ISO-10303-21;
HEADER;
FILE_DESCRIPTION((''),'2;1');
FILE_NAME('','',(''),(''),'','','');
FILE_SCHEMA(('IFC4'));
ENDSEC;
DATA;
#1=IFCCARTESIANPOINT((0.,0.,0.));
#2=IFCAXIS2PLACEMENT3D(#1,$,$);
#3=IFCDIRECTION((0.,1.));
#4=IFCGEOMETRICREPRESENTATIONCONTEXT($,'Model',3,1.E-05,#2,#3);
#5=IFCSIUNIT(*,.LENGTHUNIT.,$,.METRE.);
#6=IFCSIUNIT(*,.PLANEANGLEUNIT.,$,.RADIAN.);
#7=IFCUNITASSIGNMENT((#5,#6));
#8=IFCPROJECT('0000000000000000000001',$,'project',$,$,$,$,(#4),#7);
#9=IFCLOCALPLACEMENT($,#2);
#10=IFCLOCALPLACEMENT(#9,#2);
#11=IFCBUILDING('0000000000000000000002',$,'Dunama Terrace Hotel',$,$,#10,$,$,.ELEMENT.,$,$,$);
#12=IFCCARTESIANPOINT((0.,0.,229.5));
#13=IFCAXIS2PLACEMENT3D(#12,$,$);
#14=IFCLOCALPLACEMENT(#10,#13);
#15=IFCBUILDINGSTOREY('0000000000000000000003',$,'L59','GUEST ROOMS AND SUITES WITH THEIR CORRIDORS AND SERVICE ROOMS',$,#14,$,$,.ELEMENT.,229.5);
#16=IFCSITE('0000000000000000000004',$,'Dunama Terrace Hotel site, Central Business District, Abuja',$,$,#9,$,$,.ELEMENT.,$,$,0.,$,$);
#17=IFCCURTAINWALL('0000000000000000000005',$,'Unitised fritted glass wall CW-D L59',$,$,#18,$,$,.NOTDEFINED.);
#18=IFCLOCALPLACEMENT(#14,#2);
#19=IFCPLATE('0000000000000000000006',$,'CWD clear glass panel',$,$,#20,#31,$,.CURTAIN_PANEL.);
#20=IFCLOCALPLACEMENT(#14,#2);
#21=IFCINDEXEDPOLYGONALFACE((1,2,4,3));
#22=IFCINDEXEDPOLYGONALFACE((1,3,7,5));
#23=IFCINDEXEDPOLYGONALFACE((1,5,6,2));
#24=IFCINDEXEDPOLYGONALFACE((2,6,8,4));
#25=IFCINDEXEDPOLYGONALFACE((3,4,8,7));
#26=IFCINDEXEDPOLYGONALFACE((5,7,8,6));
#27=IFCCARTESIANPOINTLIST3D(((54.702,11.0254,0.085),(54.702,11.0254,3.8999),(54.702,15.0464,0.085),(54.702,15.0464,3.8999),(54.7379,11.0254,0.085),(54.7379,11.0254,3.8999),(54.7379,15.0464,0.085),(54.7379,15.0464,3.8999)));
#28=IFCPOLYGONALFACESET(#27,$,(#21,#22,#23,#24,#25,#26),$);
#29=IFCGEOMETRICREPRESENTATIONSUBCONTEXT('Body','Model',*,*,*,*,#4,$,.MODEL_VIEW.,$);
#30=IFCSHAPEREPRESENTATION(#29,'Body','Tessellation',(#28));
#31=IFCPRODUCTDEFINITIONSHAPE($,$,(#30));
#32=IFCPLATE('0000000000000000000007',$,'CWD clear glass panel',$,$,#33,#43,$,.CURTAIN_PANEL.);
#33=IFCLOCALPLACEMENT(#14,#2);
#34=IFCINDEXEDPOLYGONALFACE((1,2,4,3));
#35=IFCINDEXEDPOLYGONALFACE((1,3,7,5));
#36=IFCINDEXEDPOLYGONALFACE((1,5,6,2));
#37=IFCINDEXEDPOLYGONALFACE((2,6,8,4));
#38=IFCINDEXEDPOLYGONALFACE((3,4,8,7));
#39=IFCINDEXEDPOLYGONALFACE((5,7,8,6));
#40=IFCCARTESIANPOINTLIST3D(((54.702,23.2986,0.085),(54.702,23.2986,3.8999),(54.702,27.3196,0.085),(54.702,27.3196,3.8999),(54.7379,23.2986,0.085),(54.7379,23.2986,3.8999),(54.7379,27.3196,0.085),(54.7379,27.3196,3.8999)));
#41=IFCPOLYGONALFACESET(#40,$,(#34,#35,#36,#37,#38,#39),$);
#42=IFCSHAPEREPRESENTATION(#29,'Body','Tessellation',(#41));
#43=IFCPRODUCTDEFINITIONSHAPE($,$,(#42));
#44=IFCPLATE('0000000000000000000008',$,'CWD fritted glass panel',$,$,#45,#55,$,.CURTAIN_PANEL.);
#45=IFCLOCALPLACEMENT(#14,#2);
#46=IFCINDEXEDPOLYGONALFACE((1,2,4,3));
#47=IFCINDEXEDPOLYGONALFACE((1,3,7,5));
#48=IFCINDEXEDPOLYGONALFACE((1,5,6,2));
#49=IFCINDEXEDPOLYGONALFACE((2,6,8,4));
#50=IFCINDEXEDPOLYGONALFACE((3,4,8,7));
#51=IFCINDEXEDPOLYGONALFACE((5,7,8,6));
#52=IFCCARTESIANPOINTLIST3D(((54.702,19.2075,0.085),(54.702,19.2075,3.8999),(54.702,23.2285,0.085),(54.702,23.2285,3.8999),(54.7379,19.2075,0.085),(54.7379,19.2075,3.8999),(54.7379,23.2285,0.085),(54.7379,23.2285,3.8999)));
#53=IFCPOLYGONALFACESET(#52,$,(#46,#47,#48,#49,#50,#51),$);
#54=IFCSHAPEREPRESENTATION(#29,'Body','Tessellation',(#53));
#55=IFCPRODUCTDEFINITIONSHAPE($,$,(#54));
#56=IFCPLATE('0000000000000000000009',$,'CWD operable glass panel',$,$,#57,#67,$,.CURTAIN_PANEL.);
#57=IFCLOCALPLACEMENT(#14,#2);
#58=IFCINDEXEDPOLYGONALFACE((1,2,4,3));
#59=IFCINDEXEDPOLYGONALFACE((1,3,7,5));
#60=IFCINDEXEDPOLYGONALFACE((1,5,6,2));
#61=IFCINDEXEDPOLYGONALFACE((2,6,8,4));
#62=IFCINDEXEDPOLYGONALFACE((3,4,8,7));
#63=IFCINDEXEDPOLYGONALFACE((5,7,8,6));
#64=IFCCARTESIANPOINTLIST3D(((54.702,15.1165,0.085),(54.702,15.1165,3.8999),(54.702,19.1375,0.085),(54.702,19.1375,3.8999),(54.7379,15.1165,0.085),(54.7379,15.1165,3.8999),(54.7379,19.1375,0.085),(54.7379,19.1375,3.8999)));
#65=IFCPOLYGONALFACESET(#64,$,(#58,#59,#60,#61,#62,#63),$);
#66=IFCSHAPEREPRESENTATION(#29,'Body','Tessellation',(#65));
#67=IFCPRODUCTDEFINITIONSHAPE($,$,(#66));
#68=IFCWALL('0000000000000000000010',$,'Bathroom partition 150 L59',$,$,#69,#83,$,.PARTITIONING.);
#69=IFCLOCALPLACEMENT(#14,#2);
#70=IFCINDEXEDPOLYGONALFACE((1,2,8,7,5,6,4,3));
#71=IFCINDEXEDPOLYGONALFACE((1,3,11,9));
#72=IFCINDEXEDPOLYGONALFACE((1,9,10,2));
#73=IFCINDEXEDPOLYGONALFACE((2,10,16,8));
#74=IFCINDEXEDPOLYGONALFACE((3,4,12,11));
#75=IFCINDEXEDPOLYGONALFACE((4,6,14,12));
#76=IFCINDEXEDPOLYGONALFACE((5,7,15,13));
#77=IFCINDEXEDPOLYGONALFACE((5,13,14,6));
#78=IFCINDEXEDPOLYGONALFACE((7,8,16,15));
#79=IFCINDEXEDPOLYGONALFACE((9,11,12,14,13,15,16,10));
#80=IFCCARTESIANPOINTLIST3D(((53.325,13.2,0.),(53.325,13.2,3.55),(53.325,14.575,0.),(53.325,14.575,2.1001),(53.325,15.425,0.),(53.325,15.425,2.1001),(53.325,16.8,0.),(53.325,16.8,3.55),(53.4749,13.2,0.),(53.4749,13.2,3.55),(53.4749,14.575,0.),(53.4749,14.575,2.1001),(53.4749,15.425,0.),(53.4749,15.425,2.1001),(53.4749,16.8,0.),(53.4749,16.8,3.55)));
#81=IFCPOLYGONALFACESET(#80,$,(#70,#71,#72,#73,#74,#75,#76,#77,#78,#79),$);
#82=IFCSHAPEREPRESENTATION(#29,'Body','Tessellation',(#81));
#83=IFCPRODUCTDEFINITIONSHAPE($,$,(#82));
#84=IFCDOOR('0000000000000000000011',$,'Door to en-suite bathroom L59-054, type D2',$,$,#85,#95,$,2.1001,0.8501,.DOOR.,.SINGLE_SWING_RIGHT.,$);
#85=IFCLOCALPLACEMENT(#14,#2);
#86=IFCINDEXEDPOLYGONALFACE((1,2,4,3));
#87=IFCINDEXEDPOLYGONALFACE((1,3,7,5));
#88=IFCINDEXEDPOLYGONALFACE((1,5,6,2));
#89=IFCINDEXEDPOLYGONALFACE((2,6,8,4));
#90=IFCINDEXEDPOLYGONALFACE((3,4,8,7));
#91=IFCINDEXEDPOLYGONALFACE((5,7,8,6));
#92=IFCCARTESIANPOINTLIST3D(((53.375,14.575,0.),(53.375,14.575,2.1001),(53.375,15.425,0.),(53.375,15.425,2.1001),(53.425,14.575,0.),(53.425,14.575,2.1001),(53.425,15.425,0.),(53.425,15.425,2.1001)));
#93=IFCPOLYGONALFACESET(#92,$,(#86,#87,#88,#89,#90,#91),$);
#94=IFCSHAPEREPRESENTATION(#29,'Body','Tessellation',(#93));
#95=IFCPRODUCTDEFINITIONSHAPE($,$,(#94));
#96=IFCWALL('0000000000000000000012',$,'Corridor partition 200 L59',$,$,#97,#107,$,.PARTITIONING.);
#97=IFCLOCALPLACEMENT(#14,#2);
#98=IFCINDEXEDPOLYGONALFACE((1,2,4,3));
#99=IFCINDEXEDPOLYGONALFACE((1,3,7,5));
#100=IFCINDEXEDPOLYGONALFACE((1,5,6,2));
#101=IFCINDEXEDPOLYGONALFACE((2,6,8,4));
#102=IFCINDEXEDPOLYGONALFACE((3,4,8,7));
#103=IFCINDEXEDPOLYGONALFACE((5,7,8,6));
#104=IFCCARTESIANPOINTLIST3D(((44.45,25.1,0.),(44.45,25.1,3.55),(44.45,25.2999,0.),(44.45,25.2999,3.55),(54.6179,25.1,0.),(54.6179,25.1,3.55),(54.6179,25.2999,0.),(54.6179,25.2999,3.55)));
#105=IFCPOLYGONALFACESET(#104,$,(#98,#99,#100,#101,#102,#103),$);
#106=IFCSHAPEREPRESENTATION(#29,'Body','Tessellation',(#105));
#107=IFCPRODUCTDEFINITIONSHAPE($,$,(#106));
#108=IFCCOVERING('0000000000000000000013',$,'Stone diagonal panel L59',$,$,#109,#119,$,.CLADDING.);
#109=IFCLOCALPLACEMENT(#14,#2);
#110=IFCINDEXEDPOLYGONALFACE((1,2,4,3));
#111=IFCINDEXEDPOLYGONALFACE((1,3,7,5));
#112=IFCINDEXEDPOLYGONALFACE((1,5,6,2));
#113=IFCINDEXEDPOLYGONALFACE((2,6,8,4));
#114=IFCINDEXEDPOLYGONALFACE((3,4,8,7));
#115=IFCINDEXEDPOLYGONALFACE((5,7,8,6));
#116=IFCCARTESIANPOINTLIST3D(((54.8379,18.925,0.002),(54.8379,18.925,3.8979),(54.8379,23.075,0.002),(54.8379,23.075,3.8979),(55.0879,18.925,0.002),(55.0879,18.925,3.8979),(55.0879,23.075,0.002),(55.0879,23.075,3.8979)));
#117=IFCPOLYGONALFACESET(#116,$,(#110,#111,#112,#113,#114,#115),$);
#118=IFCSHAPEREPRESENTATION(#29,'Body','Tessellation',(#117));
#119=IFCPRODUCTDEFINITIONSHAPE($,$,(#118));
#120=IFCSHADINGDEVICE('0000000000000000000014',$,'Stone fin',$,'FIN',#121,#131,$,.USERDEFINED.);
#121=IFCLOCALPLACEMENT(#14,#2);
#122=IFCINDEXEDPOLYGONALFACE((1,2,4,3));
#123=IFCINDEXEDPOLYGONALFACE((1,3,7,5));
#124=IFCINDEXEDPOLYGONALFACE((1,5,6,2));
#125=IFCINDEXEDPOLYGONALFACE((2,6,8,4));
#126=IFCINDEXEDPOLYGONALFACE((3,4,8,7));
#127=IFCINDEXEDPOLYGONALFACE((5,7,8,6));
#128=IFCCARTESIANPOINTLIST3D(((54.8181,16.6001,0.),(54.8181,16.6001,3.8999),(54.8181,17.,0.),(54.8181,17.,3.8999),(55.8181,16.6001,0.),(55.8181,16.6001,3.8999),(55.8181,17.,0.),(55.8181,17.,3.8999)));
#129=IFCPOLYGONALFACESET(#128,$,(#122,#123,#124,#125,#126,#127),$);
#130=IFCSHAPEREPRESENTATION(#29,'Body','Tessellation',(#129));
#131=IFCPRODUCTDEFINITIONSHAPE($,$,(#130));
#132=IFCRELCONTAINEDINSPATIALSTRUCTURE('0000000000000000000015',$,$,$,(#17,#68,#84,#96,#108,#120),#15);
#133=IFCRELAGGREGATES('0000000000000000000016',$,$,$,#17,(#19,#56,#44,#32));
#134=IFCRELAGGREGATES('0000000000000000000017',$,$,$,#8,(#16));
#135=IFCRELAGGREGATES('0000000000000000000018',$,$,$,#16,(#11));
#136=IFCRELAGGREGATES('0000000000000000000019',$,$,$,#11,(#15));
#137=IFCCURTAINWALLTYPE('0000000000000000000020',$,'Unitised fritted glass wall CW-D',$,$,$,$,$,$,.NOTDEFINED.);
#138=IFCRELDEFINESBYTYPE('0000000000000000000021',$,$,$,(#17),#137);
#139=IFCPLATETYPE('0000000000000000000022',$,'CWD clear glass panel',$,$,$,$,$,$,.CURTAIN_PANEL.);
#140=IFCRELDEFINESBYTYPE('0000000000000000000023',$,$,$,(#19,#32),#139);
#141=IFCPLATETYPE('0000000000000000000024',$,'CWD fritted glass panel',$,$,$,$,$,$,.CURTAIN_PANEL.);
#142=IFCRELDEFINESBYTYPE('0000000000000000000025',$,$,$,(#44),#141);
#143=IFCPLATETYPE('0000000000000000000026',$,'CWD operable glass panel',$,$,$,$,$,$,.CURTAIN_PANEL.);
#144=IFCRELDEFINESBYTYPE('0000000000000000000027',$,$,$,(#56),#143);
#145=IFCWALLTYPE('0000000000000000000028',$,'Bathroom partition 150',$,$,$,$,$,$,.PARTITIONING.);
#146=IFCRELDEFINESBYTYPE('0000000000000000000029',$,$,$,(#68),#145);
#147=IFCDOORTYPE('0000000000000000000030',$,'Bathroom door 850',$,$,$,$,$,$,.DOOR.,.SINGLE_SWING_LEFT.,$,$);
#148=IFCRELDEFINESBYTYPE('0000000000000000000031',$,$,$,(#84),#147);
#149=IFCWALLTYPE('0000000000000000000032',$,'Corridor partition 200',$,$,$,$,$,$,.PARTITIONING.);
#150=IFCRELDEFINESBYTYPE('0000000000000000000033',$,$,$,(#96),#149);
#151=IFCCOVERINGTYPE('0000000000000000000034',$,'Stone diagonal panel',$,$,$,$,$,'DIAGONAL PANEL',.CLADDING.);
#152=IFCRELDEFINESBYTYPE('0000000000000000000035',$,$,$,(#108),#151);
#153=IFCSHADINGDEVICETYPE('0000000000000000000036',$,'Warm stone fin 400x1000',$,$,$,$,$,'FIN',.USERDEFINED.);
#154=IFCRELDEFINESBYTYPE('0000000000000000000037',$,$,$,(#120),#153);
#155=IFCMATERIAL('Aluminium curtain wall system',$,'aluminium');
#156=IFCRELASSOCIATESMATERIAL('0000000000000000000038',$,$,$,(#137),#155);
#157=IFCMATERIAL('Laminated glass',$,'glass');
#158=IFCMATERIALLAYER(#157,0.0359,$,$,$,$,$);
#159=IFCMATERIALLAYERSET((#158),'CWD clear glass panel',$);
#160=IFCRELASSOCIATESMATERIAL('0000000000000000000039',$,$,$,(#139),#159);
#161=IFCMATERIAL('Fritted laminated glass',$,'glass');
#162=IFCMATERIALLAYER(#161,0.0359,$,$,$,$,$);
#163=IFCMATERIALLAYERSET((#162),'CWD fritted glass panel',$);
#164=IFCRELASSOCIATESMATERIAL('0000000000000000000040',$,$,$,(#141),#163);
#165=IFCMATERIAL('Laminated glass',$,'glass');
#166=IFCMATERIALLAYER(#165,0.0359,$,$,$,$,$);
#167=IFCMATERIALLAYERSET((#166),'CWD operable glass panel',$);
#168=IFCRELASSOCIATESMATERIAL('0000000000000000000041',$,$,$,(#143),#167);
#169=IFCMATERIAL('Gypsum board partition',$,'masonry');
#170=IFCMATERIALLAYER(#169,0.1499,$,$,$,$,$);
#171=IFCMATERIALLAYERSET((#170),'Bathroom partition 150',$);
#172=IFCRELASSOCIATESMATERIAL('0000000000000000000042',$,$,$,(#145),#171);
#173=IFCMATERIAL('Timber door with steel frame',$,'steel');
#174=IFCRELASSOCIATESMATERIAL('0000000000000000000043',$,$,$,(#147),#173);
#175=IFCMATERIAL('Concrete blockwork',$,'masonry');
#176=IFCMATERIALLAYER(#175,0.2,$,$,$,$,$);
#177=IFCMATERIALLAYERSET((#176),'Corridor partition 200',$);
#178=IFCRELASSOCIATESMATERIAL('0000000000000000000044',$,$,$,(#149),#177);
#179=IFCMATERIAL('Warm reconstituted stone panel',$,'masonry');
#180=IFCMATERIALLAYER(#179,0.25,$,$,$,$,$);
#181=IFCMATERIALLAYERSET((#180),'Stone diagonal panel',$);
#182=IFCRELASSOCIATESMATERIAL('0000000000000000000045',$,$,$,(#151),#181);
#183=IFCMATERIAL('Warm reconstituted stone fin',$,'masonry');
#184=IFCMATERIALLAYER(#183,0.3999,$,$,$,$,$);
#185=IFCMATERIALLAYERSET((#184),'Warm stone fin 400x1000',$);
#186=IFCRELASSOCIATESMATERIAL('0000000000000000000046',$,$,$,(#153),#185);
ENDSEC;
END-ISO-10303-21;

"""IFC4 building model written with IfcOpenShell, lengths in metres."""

from ifc_helpers import new_model, si_unit, direction, frame, frame_2d, origin, origin_2d, place, context, subcontext, project, spatial, rectangle, extrude, material, layer, layer_set, type_object, element, fill, aggregate, save


model = new_model("IFC4")

# Units and contexts
model_context = context("Model", 3, precision=1e-05, world=origin(), true_north=direction((0.0, 1.0)))
body_context = subcontext(model_context, "Body", "Model", "MODEL_VIEW")
ifc_project = project(units=[si_unit("LENGTHUNIT", "METRE"), si_unit("PLANEANGLEUNIT", "RADIAN")], contexts=[model_context])

# Site, building, storey
site_placement = place(None, origin())
site = spatial("IfcSite", under=ifc_project, at=site_placement, Name="Dunama Terrace Hotel site, Central Business District, Abuja", CompositionType="ELEMENT", RefElevation=0.0)
building_placement = place(site_placement, origin())
building = spatial("IfcBuilding", under=site, at=building_placement, Name="Dunama Terrace Hotel", CompositionType="ELEMENT")
storey_placement = place(building_placement, frame((0.0, 0.0, 229.5)))
storey = spatial("IfcBuildingStorey", under=building, at=storey_placement, Name="L59", Description="GUEST ROOMS AND SUITES WITH THEIR CORRIDORS AND SERVICE ROOMS", CompositionType="ELEMENT", Elevation=229.5)

# Curtain wall
ifc_material_1 = material(Name="Aluminium curtain wall system", Category="aluminium")
curtain_wall_type = type_object("IfcCurtainWallType", Name="Unitised fritted glass wall CW-D", PredefinedType="NOTDEFINED", material=ifc_material_1)
curtain_wall_placement = place(storey_placement, origin())
curtain_wall = element("IfcCurtainWall", 1, at=curtain_wall_placement, inside=storey, type_object=curtain_wall_type, Name="Unitised fritted glass wall CW-D L59", PredefinedType="NOTDEFINED")

# Plates
ifc_material_2 = material(Name="Laminated glass", Category="glass")
ifc_layer_1 = layer(ifc_material_2, 0.0359)
ifc_layer_set_1 = layer_set([ifc_layer_1], Name="CWD clear glass panel")
plate_type_1 = type_object("IfcPlateType", Name="CWD clear glass panel", PredefinedType="CURTAIN_PANEL", material=ifc_layer_set_1)
plate_1_placement = place(storey_placement, frame((54.72, 13.0359, 0.085), z_axis=(0.0, 0.0, 1.0), x_axis=(0.0, 1.0, 0.0)))
plate_1 = element("IfcPlate", 2, at=plate_1_placement, type_object=plate_type_1, Name="CWD clear glass panel", PredefinedType="CURTAIN_PANEL", context=body_context, shape_type="SweptSolid", body=[
    extrude(rectangle(XDim=4.021, YDim=0.0359, at=origin_2d()), origin(), (0.0, 0.0, 1.0), 3.8149),
])
plate_2_placement = place(storey_placement, frame((54.72, 25.3091, 0.085), z_axis=(0.0, 0.0, 1.0), x_axis=(0.0, 1.0, 0.0)))
plate_2 = element("IfcPlate", 3, at=plate_2_placement, type_object=plate_type_1, Name="CWD clear glass panel", PredefinedType="CURTAIN_PANEL", context=body_context, shape_type="SweptSolid", body=[
    extrude(rectangle(XDim=4.021, YDim=0.0359, at=origin_2d()), origin(), (0.0, 0.0, 1.0), 3.8149),
])
ifc_material_3 = material(Name="Fritted laminated glass", Category="glass")
ifc_layer_2 = layer(ifc_material_3, 0.0359)
ifc_layer_set_2 = layer_set([ifc_layer_2], Name="CWD fritted glass panel")
plate_type_2 = type_object("IfcPlateType", Name="CWD fritted glass panel", PredefinedType="CURTAIN_PANEL", material=ifc_layer_set_2)
plate_3_placement = place(storey_placement, frame((54.72, 21.218, 0.085), z_axis=(0.0, 0.0, 1.0), x_axis=(0.0, 1.0, 0.0)))
plate_3 = element("IfcPlate", 4, at=plate_3_placement, type_object=plate_type_2, Name="CWD fritted glass panel", PredefinedType="CURTAIN_PANEL", context=body_context, shape_type="SweptSolid", body=[
    extrude(rectangle(XDim=4.021, YDim=0.0359, at=origin_2d()), origin(), (0.0, 0.0, 1.0), 3.8149),
])
ifc_material_4 = material(Name="Laminated glass", Category="glass")
ifc_layer_3 = layer(ifc_material_4, 0.0359)
ifc_layer_set_3 = layer_set([ifc_layer_3], Name="CWD operable glass panel")
plate_type_3 = type_object("IfcPlateType", Name="CWD operable glass panel", PredefinedType="CURTAIN_PANEL", material=ifc_layer_set_3)
plate_4_placement = place(storey_placement, frame((54.72, 17.127, 0.085), z_axis=(0.0, 0.0, 1.0), x_axis=(0.0, 1.0, 0.0)))
plate_4 = element("IfcPlate", 5, at=plate_4_placement, type_object=plate_type_3, Name="CWD operable glass panel", PredefinedType="CURTAIN_PANEL", context=body_context, shape_type="SweptSolid", body=[
    extrude(rectangle(XDim=4.021, YDim=0.0359, at=origin_2d()), origin(), (0.0, 0.0, 1.0), 3.8149),
])
aggregate(curtain_wall, [plate_1, plate_4, plate_3, plate_2])

# Wall, opening, door
ifc_material_5 = material(Name="Gypsum board partition", Category="masonry")
ifc_layer_4 = layer(ifc_material_5, 0.1499)
ifc_layer_set_4 = layer_set([ifc_layer_4], Name="Bathroom partition 150")
wall_type_1 = type_object("IfcWallType", Name="Bathroom partition 150", PredefinedType="PARTITIONING", material=ifc_layer_set_4)
wall_1_placement = place(storey_placement, frame((53.3999, 13.2, 0.0), z_axis=(0.0, 0.0, 1.0), x_axis=(0.0, 1.0, 0.0)))
wall_1 = element("IfcWall", 6, at=wall_1_placement, inside=storey, type_object=wall_type_1, Name="Bathroom partition 150 L59", PredefinedType="PARTITIONING", context=body_context, shape_type="SweptSolid", body=[
    extrude(rectangle(XDim=3.6001, YDim=0.1499, at=frame_2d((1.8, 0.0))), origin(), (0.0, 0.0, 1.0), 3.55),
])
opening_placement = place(wall_1_placement, frame((1.375, 0.0, 0.0)))
opening = element("IfcOpeningElement", 7, at=opening_placement, cuts=wall_1, PredefinedType="OPENING", context=body_context, shape_type="SweptSolid", body=[
    extrude(rectangle(XDim=0.8501, YDim=2.1001, at=frame_2d((0.425, 1.05))), frame((0.0, 0.085, 0.0), z_axis=(0.0, -1.0, 0.0), x_axis=(1.0, 0.0, 0.0)), (0.0, 0.0, 1.0), 0.1699),
])
ifc_material_6 = material(Name="Timber door with steel frame", Category="steel")
door_type = type_object("IfcDoorType", Name="Bathroom door 850", OperationType="SINGLE_SWING_LEFT", PredefinedType="DOOR", material=ifc_material_6)
door_placement = place(opening_placement, origin())
door = element("IfcDoor", 8, at=door_placement, inside=storey, type_object=door_type, Name="Door to en-suite bathroom L59-054, type D2", OperationType="SINGLE_SWING_RIGHT", OverallHeight=2.1001, OverallWidth=0.8501, PredefinedType="DOOR", context=body_context, shape_type="SweptSolid", body=[
    extrude(rectangle(XDim=0.8501, YDim=2.1001, at=frame_2d((0.425, 1.05))), frame((0.0, 0.0249, 0.0), z_axis=(0.0, -1.0, 0.0), x_axis=(1.0, 0.0, 0.0)), (0.0, 0.0, 1.0), 0.05),
])
fill(opening, door)

# Wall
ifc_material_7 = material(Name="Concrete blockwork", Category="masonry")
ifc_layer_5 = layer(ifc_material_7, 0.2)
ifc_layer_set_5 = layer_set([ifc_layer_5], Name="Corridor partition 200")
wall_type_2 = type_object("IfcWallType", Name="Corridor partition 200", PredefinedType="PARTITIONING", material=ifc_layer_set_5)
wall_2_placement = place(storey_placement, frame((54.6179, 25.2, 0.0), z_axis=(0.0, 0.0, 1.0), x_axis=(-1.0, 0.0, 0.0)))
element("IfcWall", 9, at=wall_2_placement, inside=storey, type_object=wall_type_2, Name="Corridor partition 200 L59", PredefinedType="PARTITIONING", context=body_context, shape_type="SweptSolid", body=[
    extrude(rectangle(XDim=10.168, YDim=0.2, at=frame_2d((5.084, 0.0))), origin(), (0.0, 0.0, 1.0), 3.55),
])

# Covering
ifc_material_8 = material(Name="Warm reconstituted stone panel", Category="masonry")
ifc_layer_6 = layer(ifc_material_8, 0.25)
ifc_layer_set_6 = layer_set([ifc_layer_6], Name="Stone diagonal panel")
covering_type = type_object("IfcCoveringType", Name="Stone diagonal panel", ElementType="DIAGONAL PANEL", PredefinedType="CLADDING", material=ifc_layer_set_6)
covering_placement = place(storey_placement, frame((54.9629, 21.0, 0.002), z_axis=(0.0, 0.0, 1.0), x_axis=(0.0, 1.0, 0.0)))
element("IfcCovering", 10, at=covering_placement, inside=storey, type_object=covering_type, Name="Stone diagonal panel L59", PredefinedType="CLADDING", context=body_context, shape_type="SweptSolid", body=[
    extrude(rectangle(XDim=4.1499, YDim=0.25, at=origin_2d()), origin(), (0.0, 0.0, 1.0), 3.896),
])

# Shading device
ifc_material_9 = material(Name="Warm reconstituted stone fin", Category="masonry")
ifc_layer_7 = layer(ifc_material_9, 0.3999)
ifc_layer_set_7 = layer_set([ifc_layer_7], Name="Warm stone fin 400x1000")
shading_device_type = type_object("IfcShadingDeviceType", Name="Warm stone fin 400x1000", ElementType="FIN", PredefinedType="USERDEFINED", material=ifc_layer_set_7)
shading_device_placement = place(storey_placement, frame((55.3181, 16.8, 0.0), z_axis=(0.0, 0.0, 1.0), x_axis=(0.0, 1.0, 0.0)))
element("IfcShadingDevice", 11, at=shading_device_placement, inside=storey, type_object=shading_device_type, Name="Stone fin", ObjectType="FIN", PredefinedType="USERDEFINED", context=body_context, shape_type="SweptSolid", body=[
    extrude(rectangle(XDim=0.3999, YDim=1.0, at=origin_2d()), origin(), (0.0, 0.0, 1.0), 3.8999),
])

save(model, "model.ifc")
